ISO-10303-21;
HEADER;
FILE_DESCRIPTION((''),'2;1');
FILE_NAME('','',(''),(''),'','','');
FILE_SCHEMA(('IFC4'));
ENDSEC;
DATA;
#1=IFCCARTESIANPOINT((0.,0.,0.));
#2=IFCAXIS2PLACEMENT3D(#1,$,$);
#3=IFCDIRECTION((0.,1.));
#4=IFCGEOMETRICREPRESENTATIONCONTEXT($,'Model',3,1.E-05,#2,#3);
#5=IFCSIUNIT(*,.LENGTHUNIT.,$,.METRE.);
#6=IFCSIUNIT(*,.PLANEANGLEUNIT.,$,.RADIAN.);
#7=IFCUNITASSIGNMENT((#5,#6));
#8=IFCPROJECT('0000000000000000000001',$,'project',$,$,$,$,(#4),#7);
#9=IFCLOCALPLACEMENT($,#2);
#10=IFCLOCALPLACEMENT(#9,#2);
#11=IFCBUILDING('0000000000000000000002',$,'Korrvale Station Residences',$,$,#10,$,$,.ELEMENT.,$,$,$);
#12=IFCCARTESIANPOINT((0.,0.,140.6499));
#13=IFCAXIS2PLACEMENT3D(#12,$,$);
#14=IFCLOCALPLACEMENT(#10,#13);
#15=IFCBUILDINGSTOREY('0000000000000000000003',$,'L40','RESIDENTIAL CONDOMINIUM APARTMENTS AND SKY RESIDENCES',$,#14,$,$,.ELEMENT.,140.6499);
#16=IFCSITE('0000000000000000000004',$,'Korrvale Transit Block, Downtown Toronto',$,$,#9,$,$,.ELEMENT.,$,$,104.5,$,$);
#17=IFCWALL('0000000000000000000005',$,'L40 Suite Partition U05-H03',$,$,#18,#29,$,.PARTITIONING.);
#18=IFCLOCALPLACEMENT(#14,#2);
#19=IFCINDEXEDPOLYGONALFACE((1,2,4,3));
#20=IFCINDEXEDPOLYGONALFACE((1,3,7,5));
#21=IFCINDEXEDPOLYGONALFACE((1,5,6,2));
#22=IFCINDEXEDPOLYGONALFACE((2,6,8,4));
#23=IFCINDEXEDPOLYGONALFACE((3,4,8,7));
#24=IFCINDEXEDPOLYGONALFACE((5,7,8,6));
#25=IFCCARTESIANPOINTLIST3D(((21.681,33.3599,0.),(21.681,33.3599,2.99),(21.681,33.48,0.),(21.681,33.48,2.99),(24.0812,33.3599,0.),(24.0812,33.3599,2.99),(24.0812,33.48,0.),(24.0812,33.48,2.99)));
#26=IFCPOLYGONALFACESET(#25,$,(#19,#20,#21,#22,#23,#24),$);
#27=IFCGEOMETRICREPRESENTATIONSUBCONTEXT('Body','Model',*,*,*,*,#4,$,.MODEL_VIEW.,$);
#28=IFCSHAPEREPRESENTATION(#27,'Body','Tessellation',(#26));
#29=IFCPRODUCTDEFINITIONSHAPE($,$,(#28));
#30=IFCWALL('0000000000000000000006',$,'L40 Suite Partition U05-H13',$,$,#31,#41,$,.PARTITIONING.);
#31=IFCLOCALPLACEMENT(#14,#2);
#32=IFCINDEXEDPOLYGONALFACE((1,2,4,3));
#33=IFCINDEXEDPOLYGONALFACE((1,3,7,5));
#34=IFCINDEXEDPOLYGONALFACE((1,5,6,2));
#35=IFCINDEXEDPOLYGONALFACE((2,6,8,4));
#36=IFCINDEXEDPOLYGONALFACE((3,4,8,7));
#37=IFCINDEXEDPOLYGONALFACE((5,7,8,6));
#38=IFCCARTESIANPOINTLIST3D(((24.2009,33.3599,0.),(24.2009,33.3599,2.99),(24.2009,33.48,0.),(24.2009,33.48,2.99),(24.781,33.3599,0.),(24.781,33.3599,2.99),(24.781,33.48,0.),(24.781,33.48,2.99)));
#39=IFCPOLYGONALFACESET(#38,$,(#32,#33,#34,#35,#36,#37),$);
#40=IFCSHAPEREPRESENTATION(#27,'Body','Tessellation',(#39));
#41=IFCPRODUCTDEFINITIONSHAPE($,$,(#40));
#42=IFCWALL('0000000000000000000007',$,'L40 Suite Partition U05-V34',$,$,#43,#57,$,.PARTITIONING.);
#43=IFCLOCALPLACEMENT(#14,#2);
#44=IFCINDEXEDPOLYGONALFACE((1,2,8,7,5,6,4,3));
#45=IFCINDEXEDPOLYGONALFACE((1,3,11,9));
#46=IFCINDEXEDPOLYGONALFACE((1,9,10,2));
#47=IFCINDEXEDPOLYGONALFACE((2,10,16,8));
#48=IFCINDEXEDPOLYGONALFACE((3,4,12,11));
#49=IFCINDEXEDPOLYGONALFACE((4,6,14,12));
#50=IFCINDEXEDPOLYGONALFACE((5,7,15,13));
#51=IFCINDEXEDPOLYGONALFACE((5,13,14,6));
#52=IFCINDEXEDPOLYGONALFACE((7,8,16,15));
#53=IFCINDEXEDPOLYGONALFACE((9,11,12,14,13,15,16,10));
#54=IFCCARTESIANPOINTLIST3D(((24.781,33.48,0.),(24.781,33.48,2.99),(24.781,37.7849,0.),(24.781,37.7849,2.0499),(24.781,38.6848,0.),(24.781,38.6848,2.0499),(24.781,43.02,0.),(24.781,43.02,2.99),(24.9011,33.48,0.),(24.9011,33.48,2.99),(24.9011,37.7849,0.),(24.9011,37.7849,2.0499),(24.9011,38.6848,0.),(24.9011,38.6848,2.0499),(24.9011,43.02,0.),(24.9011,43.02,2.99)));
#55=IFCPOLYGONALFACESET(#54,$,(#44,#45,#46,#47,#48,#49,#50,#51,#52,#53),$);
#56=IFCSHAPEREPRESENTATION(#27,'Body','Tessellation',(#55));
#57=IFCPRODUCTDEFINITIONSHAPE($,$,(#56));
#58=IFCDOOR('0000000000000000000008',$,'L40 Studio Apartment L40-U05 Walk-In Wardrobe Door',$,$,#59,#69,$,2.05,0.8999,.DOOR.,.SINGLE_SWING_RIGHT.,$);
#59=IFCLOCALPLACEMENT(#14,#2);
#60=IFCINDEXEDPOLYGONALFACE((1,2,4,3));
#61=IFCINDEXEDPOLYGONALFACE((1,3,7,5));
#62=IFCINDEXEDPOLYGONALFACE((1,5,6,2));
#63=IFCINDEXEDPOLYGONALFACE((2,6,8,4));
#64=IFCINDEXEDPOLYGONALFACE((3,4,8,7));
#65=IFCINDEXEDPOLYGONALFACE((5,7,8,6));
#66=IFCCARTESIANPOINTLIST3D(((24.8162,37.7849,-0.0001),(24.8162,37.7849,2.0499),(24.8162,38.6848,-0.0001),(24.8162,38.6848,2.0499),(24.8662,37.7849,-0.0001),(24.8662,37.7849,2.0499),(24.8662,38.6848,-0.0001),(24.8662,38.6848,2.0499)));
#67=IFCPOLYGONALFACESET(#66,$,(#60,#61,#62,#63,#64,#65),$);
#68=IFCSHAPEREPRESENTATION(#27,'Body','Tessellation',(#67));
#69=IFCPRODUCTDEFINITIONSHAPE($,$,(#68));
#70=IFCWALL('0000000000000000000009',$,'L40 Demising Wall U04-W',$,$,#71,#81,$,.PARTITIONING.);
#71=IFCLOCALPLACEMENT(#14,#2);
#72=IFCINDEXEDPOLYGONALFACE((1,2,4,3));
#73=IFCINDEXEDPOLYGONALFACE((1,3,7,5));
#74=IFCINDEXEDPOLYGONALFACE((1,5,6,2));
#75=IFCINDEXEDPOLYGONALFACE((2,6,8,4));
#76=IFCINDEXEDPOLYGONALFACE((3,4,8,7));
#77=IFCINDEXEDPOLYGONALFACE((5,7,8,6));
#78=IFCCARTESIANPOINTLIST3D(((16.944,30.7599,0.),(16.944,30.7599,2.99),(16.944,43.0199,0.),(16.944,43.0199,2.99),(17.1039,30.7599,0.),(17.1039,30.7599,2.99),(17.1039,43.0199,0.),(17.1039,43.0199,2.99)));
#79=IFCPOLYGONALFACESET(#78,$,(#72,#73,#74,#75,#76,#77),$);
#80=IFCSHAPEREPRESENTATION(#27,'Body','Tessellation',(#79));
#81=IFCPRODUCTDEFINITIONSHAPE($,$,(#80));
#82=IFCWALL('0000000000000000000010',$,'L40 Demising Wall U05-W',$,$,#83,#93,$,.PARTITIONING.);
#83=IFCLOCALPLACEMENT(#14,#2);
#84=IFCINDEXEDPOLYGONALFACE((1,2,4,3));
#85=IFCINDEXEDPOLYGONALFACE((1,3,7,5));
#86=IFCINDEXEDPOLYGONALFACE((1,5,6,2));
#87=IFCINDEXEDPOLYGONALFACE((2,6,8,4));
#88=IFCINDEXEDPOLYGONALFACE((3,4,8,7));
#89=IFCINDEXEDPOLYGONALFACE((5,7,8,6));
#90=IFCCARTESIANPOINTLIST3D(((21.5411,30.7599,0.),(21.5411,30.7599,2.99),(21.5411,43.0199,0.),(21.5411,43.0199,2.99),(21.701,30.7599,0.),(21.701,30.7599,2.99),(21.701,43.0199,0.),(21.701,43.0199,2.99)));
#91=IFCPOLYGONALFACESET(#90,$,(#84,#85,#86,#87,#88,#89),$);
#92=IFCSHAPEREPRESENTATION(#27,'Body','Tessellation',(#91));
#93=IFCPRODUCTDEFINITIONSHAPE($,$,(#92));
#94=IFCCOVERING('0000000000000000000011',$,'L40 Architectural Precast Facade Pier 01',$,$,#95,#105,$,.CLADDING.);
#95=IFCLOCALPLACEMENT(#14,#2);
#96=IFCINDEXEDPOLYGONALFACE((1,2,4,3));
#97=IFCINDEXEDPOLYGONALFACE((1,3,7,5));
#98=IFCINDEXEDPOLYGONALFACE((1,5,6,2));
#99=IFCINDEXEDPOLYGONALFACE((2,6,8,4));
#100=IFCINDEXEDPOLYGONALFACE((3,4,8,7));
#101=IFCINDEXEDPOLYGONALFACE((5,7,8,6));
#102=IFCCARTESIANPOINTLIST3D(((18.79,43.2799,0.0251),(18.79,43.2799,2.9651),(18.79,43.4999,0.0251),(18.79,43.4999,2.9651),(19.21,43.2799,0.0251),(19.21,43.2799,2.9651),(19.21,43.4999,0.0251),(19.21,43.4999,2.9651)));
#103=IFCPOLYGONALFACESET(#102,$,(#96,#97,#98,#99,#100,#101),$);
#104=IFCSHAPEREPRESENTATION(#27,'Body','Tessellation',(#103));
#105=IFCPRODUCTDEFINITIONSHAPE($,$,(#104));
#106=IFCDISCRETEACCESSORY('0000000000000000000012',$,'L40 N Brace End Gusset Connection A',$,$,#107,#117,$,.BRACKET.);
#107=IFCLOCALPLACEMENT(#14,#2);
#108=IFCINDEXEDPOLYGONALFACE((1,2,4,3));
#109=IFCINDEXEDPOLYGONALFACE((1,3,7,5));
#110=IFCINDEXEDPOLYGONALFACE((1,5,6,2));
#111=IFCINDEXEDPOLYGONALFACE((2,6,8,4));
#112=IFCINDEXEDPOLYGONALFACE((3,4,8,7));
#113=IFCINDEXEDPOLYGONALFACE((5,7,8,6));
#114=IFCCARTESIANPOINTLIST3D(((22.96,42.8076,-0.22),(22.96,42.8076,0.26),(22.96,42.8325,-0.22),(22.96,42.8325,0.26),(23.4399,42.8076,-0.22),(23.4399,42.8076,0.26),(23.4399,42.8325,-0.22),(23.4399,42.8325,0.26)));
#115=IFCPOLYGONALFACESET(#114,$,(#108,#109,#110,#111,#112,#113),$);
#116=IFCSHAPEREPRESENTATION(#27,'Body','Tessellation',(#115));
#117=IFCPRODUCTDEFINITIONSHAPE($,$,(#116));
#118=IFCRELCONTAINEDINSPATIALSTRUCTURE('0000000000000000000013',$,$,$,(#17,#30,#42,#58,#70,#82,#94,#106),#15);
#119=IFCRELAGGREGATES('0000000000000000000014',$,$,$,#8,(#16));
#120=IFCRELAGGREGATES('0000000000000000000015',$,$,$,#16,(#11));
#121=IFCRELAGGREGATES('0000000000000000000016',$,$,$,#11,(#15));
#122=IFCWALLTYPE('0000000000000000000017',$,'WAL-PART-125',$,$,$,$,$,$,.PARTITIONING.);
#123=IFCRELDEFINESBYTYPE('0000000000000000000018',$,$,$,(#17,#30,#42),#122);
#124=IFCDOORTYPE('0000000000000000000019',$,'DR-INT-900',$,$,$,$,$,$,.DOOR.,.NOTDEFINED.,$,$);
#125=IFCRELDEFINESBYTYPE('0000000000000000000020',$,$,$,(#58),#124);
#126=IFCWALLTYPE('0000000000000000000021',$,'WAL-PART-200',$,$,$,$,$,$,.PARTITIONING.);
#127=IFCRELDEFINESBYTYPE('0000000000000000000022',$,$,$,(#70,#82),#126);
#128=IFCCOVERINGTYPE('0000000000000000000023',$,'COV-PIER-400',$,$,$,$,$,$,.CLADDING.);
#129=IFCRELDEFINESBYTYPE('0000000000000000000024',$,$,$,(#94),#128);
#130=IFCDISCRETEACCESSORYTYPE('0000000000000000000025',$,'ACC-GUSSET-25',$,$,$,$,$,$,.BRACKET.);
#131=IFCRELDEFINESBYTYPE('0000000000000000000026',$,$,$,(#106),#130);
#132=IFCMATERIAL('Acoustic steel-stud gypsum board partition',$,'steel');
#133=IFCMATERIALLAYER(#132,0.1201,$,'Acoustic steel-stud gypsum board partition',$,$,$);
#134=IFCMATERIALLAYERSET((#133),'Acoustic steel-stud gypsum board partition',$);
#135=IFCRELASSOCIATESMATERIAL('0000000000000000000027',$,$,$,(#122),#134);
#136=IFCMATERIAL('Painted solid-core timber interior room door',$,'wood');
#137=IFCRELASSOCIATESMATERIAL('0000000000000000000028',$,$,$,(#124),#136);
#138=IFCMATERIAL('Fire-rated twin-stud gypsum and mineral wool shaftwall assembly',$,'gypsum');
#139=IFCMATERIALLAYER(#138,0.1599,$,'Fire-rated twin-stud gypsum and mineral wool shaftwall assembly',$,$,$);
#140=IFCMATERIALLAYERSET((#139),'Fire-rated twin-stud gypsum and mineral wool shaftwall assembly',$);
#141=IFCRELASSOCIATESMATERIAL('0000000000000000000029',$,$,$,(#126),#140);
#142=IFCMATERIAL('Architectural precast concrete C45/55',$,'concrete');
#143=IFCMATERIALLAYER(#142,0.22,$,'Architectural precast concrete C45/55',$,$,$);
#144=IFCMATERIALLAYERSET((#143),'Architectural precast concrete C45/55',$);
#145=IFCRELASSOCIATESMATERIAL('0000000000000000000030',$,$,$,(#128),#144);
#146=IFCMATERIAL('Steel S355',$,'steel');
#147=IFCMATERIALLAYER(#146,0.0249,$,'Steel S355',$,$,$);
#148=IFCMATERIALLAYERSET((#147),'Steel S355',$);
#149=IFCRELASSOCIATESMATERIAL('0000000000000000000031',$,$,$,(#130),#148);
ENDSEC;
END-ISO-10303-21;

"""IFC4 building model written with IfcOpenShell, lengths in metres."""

from ifc_helpers import new_model, si_unit, direction, frame, frame_2d, origin, origin_2d, place, context, subcontext, project, spatial, rectangle, extrude, material, layer, layer_set, type_object, element, fill, save


model = new_model("IFC4")

# Units and contexts
model_context = context("Model", 3, precision=1e-05, world=origin(), true_north=direction((0.0, 1.0)))
body_context = subcontext(model_context, "Body", "Model", "MODEL_VIEW")
ifc_project = project(units=[si_unit("LENGTHUNIT", "METRE"), si_unit("PLANEANGLEUNIT", "RADIAN")], contexts=[model_context])

# Site, building, storey
site_placement = place(None, origin())
site = spatial("IfcSite", under=ifc_project, at=site_placement, Name="Korrvale Transit Block, Downtown Toronto", CompositionType="ELEMENT", RefElevation=104.5)
building_placement = place(site_placement, origin())
building = spatial("IfcBuilding", under=site, at=building_placement, Name="Korrvale Station Residences", CompositionType="ELEMENT")
storey_placement = place(building_placement, frame((0.0, 0.0, 140.6499)))
storey = spatial("IfcBuildingStorey", under=building, at=storey_placement, Name="L40", Description="RESIDENTIAL CONDOMINIUM APARTMENTS AND SKY RESIDENCES", CompositionType="ELEMENT", Elevation=140.6499)

# Shared definitions
ifc_material_1 = material(Name="Steel S355", Category="steel")

# Shared definitions
ifc_material_2 = material(Name="Acoustic steel-stud gypsum board partition", Category="steel")
ifc_layer_1 = layer(ifc_material_2, 0.1201, Name="Acoustic steel-stud gypsum board partition")
ifc_layer_set_1 = layer_set([ifc_layer_1], Name="Acoustic steel-stud gypsum board partition")
wall_type_1 = type_object("IfcWallType", Name="WAL-PART-125", PredefinedType="PARTITIONING", material=ifc_layer_set_1)

# Shared definitions
ifc_material_3 = material(Name="Painted solid-core timber interior room door", Category="wood")
door_type_1 = type_object("IfcDoorType", Name="DR-INT-900", OperationType="NOTDEFINED", PredefinedType="DOOR", material=ifc_material_3)

# Walls
wall_1_placement = place(storey_placement, frame((21.6809, 33.4199, 0.0), z_axis=(0.0, 0.0, 1.0), x_axis=(1.0, 0.0, 0.0)))
element("IfcWall", 1, at=wall_1_placement, inside=storey, type_object=wall_type_1, Name="L40 Suite Partition U05-H03", PredefinedType="PARTITIONING", context=body_context, shape_type="SweptSolid", body=[
    extrude(rectangle(XDim=2.4001, YDim=0.1201, at=frame_2d((1.2002, 0.0))), origin(), (0.0, 0.0, 1.0), 2.99),
])
wall_2_placement = place(storey_placement, frame((24.2009, 33.4199, 0.0), z_axis=(0.0, 0.0, 1.0), x_axis=(1.0, 0.0, 0.0)))
element("IfcWall", 2, at=wall_2_placement, inside=storey, type_object=wall_type_1, Name="L40 Suite Partition U05-H13", PredefinedType="PARTITIONING", context=body_context, shape_type="SweptSolid", body=[
    extrude(rectangle(XDim=0.5801, YDim=0.1201, at=frame_2d((0.29, 0.0))), origin(), (0.0, 0.0, 1.0), 2.99),
])

# Wall, opening, door
wall_3_placement = place(storey_placement, frame((24.8411, 33.48, 0.0), z_axis=(0.0, 0.0, 1.0), x_axis=(0.0, 1.0, 0.0)))
wall_3 = element("IfcWall", 3, at=wall_3_placement, inside=storey, type_object=wall_type_1, Name="L40 Suite Partition U05-V34", PredefinedType="PARTITIONING", context=body_context, shape_type="SweptSolid", body=[
    extrude(rectangle(XDim=9.54, YDim=0.1201, at=frame_2d((4.77, 0.0))), origin(), (0.0, 0.0, 1.0), 2.99),
])
opening_1_placement = place(wall_3_placement, frame((4.3049, 0.0, 0.0)))
opening_1 = element("IfcOpeningElement", 4, at=opening_1_placement, cuts=wall_3, PredefinedType="OPENING", context=body_context, shape_type="SweptSolid", body=[
    extrude(rectangle(XDim=0.8999, YDim=2.05, at=frame_2d((0.45, 1.0249))), frame((0.0, 0.0701, 0.0), z_axis=(0.0, -1.0, 0.0), x_axis=(1.0, 0.0, 0.0)), (0.0, 0.0, 1.0), 0.1401),
])
door_1_placement = place(opening_1_placement, origin())
door_1 = element("IfcDoor", 5, at=door_1_placement, inside=storey, type_object=door_type_1, Name="L40 Studio Apartment L40-U05 Walk-In Wardrobe Door", OperationType="SINGLE_SWING_RIGHT", OverallHeight=2.05, OverallWidth=0.8999, PredefinedType="DOOR", context=body_context, shape_type="SweptSolid", body=[
    extrude(rectangle(XDim=0.8999, YDim=2.05, at=frame_2d((0.45, 1.0249))), frame((0.0, 0.0249, 0.0), z_axis=(0.0, -1.0, 0.0), x_axis=(1.0, 0.0, 0.0)), (0.0, 0.0, 1.0), 0.05),
])
fill(opening_1, door_1)

# Walls
ifc_material_4 = material(Name="Fire-rated twin-stud gypsum and mineral wool shaftwall assembly", Category="gypsum")
ifc_layer_2 = layer(ifc_material_4, 0.1599, Name="Fire-rated twin-stud gypsum and mineral wool shaftwall assembly")
ifc_layer_set_2 = layer_set([ifc_layer_2], Name="Fire-rated twin-stud gypsum and mineral wool shaftwall assembly")
wall_type_2 = type_object("IfcWallType", Name="WAL-PART-200", PredefinedType="PARTITIONING", material=ifc_layer_set_2)
for number, where, z_axis, x_axis, name in (
    (6, (17.0239, 30.76, 0.0), (0.0, 0.0, 1.0), (0.0, 1.0, 0.0), "L40 Demising Wall U04-W"),
    (7, (21.6211, 30.76, 0.0), (0.0, 0.0, 1.0), (0.0, 1.0, 0.0), "L40 Demising Wall U05-W"),
):
    element("IfcWall", number, at=place(storey_placement, frame(where, z_axis=z_axis, x_axis=x_axis)), inside=storey, type_object=wall_type_2, Name=name, PredefinedType="PARTITIONING", context=body_context, shape_type="SweptSolid", body=[
        extrude(rectangle(XDim=12.26, YDim=0.1599, at=frame_2d((6.1299, 0.0))), origin(), (0.0, 0.0, 1.0), 2.99),
    ])

# Covering
ifc_material_5 = material(Name="Architectural precast concrete C45/55", Category="concrete")
ifc_layer_3 = layer(ifc_material_5, 0.22, Name="Architectural precast concrete C45/55")
ifc_layer_set_3 = layer_set([ifc_layer_3], Name="Architectural precast concrete C45/55")
covering_type = type_object("IfcCoveringType", Name="COV-PIER-400", PredefinedType="CLADDING", material=ifc_layer_set_3)
covering_placement = place(storey_placement, frame((19.0, 43.3899, 0.0251), z_axis=(0.0, 0.0, 1.0), x_axis=(1.0, 0.0, 0.0)))
element("IfcCovering", 8, at=covering_placement, inside=storey, type_object=covering_type, Name="L40 Architectural Precast Facade Pier 01", PredefinedType="CLADDING", context=body_context, shape_type="SweptSolid", body=[
    extrude(rectangle(XDim=0.4199, YDim=0.22, at=origin_2d()), origin(), (0.0, 0.0, 1.0), 2.9399),
])

# Discrete accessory
ifc_layer_4 = layer(ifc_material_1, 0.0249, Name="Steel S355")
ifc_layer_set_4 = layer_set([ifc_layer_4], Name="Steel S355")
discrete_accessory_type = type_object("IfcDiscreteAccessoryType", Name="ACC-GUSSET-25", PredefinedType="BRACKET", material=ifc_layer_set_4)
discrete_accessory_placement = place(storey_placement, frame((23.2, 42.8201, -0.22), z_axis=(0.0, 0.0, 1.0), x_axis=(1.0, 0.0, 0.0)))
element("IfcDiscreteAccessory", 9, at=discrete_accessory_placement, inside=storey, type_object=discrete_accessory_type, Name="L40 N Brace End Gusset Connection A", PredefinedType="BRACKET", context=body_context, shape_type="SweptSolid", body=[
    extrude(rectangle(XDim=0.48, YDim=0.0249, at=origin_2d()), origin(), (0.0, 0.0, 1.0), 0.48),
])

save(model, "model.ifc")
